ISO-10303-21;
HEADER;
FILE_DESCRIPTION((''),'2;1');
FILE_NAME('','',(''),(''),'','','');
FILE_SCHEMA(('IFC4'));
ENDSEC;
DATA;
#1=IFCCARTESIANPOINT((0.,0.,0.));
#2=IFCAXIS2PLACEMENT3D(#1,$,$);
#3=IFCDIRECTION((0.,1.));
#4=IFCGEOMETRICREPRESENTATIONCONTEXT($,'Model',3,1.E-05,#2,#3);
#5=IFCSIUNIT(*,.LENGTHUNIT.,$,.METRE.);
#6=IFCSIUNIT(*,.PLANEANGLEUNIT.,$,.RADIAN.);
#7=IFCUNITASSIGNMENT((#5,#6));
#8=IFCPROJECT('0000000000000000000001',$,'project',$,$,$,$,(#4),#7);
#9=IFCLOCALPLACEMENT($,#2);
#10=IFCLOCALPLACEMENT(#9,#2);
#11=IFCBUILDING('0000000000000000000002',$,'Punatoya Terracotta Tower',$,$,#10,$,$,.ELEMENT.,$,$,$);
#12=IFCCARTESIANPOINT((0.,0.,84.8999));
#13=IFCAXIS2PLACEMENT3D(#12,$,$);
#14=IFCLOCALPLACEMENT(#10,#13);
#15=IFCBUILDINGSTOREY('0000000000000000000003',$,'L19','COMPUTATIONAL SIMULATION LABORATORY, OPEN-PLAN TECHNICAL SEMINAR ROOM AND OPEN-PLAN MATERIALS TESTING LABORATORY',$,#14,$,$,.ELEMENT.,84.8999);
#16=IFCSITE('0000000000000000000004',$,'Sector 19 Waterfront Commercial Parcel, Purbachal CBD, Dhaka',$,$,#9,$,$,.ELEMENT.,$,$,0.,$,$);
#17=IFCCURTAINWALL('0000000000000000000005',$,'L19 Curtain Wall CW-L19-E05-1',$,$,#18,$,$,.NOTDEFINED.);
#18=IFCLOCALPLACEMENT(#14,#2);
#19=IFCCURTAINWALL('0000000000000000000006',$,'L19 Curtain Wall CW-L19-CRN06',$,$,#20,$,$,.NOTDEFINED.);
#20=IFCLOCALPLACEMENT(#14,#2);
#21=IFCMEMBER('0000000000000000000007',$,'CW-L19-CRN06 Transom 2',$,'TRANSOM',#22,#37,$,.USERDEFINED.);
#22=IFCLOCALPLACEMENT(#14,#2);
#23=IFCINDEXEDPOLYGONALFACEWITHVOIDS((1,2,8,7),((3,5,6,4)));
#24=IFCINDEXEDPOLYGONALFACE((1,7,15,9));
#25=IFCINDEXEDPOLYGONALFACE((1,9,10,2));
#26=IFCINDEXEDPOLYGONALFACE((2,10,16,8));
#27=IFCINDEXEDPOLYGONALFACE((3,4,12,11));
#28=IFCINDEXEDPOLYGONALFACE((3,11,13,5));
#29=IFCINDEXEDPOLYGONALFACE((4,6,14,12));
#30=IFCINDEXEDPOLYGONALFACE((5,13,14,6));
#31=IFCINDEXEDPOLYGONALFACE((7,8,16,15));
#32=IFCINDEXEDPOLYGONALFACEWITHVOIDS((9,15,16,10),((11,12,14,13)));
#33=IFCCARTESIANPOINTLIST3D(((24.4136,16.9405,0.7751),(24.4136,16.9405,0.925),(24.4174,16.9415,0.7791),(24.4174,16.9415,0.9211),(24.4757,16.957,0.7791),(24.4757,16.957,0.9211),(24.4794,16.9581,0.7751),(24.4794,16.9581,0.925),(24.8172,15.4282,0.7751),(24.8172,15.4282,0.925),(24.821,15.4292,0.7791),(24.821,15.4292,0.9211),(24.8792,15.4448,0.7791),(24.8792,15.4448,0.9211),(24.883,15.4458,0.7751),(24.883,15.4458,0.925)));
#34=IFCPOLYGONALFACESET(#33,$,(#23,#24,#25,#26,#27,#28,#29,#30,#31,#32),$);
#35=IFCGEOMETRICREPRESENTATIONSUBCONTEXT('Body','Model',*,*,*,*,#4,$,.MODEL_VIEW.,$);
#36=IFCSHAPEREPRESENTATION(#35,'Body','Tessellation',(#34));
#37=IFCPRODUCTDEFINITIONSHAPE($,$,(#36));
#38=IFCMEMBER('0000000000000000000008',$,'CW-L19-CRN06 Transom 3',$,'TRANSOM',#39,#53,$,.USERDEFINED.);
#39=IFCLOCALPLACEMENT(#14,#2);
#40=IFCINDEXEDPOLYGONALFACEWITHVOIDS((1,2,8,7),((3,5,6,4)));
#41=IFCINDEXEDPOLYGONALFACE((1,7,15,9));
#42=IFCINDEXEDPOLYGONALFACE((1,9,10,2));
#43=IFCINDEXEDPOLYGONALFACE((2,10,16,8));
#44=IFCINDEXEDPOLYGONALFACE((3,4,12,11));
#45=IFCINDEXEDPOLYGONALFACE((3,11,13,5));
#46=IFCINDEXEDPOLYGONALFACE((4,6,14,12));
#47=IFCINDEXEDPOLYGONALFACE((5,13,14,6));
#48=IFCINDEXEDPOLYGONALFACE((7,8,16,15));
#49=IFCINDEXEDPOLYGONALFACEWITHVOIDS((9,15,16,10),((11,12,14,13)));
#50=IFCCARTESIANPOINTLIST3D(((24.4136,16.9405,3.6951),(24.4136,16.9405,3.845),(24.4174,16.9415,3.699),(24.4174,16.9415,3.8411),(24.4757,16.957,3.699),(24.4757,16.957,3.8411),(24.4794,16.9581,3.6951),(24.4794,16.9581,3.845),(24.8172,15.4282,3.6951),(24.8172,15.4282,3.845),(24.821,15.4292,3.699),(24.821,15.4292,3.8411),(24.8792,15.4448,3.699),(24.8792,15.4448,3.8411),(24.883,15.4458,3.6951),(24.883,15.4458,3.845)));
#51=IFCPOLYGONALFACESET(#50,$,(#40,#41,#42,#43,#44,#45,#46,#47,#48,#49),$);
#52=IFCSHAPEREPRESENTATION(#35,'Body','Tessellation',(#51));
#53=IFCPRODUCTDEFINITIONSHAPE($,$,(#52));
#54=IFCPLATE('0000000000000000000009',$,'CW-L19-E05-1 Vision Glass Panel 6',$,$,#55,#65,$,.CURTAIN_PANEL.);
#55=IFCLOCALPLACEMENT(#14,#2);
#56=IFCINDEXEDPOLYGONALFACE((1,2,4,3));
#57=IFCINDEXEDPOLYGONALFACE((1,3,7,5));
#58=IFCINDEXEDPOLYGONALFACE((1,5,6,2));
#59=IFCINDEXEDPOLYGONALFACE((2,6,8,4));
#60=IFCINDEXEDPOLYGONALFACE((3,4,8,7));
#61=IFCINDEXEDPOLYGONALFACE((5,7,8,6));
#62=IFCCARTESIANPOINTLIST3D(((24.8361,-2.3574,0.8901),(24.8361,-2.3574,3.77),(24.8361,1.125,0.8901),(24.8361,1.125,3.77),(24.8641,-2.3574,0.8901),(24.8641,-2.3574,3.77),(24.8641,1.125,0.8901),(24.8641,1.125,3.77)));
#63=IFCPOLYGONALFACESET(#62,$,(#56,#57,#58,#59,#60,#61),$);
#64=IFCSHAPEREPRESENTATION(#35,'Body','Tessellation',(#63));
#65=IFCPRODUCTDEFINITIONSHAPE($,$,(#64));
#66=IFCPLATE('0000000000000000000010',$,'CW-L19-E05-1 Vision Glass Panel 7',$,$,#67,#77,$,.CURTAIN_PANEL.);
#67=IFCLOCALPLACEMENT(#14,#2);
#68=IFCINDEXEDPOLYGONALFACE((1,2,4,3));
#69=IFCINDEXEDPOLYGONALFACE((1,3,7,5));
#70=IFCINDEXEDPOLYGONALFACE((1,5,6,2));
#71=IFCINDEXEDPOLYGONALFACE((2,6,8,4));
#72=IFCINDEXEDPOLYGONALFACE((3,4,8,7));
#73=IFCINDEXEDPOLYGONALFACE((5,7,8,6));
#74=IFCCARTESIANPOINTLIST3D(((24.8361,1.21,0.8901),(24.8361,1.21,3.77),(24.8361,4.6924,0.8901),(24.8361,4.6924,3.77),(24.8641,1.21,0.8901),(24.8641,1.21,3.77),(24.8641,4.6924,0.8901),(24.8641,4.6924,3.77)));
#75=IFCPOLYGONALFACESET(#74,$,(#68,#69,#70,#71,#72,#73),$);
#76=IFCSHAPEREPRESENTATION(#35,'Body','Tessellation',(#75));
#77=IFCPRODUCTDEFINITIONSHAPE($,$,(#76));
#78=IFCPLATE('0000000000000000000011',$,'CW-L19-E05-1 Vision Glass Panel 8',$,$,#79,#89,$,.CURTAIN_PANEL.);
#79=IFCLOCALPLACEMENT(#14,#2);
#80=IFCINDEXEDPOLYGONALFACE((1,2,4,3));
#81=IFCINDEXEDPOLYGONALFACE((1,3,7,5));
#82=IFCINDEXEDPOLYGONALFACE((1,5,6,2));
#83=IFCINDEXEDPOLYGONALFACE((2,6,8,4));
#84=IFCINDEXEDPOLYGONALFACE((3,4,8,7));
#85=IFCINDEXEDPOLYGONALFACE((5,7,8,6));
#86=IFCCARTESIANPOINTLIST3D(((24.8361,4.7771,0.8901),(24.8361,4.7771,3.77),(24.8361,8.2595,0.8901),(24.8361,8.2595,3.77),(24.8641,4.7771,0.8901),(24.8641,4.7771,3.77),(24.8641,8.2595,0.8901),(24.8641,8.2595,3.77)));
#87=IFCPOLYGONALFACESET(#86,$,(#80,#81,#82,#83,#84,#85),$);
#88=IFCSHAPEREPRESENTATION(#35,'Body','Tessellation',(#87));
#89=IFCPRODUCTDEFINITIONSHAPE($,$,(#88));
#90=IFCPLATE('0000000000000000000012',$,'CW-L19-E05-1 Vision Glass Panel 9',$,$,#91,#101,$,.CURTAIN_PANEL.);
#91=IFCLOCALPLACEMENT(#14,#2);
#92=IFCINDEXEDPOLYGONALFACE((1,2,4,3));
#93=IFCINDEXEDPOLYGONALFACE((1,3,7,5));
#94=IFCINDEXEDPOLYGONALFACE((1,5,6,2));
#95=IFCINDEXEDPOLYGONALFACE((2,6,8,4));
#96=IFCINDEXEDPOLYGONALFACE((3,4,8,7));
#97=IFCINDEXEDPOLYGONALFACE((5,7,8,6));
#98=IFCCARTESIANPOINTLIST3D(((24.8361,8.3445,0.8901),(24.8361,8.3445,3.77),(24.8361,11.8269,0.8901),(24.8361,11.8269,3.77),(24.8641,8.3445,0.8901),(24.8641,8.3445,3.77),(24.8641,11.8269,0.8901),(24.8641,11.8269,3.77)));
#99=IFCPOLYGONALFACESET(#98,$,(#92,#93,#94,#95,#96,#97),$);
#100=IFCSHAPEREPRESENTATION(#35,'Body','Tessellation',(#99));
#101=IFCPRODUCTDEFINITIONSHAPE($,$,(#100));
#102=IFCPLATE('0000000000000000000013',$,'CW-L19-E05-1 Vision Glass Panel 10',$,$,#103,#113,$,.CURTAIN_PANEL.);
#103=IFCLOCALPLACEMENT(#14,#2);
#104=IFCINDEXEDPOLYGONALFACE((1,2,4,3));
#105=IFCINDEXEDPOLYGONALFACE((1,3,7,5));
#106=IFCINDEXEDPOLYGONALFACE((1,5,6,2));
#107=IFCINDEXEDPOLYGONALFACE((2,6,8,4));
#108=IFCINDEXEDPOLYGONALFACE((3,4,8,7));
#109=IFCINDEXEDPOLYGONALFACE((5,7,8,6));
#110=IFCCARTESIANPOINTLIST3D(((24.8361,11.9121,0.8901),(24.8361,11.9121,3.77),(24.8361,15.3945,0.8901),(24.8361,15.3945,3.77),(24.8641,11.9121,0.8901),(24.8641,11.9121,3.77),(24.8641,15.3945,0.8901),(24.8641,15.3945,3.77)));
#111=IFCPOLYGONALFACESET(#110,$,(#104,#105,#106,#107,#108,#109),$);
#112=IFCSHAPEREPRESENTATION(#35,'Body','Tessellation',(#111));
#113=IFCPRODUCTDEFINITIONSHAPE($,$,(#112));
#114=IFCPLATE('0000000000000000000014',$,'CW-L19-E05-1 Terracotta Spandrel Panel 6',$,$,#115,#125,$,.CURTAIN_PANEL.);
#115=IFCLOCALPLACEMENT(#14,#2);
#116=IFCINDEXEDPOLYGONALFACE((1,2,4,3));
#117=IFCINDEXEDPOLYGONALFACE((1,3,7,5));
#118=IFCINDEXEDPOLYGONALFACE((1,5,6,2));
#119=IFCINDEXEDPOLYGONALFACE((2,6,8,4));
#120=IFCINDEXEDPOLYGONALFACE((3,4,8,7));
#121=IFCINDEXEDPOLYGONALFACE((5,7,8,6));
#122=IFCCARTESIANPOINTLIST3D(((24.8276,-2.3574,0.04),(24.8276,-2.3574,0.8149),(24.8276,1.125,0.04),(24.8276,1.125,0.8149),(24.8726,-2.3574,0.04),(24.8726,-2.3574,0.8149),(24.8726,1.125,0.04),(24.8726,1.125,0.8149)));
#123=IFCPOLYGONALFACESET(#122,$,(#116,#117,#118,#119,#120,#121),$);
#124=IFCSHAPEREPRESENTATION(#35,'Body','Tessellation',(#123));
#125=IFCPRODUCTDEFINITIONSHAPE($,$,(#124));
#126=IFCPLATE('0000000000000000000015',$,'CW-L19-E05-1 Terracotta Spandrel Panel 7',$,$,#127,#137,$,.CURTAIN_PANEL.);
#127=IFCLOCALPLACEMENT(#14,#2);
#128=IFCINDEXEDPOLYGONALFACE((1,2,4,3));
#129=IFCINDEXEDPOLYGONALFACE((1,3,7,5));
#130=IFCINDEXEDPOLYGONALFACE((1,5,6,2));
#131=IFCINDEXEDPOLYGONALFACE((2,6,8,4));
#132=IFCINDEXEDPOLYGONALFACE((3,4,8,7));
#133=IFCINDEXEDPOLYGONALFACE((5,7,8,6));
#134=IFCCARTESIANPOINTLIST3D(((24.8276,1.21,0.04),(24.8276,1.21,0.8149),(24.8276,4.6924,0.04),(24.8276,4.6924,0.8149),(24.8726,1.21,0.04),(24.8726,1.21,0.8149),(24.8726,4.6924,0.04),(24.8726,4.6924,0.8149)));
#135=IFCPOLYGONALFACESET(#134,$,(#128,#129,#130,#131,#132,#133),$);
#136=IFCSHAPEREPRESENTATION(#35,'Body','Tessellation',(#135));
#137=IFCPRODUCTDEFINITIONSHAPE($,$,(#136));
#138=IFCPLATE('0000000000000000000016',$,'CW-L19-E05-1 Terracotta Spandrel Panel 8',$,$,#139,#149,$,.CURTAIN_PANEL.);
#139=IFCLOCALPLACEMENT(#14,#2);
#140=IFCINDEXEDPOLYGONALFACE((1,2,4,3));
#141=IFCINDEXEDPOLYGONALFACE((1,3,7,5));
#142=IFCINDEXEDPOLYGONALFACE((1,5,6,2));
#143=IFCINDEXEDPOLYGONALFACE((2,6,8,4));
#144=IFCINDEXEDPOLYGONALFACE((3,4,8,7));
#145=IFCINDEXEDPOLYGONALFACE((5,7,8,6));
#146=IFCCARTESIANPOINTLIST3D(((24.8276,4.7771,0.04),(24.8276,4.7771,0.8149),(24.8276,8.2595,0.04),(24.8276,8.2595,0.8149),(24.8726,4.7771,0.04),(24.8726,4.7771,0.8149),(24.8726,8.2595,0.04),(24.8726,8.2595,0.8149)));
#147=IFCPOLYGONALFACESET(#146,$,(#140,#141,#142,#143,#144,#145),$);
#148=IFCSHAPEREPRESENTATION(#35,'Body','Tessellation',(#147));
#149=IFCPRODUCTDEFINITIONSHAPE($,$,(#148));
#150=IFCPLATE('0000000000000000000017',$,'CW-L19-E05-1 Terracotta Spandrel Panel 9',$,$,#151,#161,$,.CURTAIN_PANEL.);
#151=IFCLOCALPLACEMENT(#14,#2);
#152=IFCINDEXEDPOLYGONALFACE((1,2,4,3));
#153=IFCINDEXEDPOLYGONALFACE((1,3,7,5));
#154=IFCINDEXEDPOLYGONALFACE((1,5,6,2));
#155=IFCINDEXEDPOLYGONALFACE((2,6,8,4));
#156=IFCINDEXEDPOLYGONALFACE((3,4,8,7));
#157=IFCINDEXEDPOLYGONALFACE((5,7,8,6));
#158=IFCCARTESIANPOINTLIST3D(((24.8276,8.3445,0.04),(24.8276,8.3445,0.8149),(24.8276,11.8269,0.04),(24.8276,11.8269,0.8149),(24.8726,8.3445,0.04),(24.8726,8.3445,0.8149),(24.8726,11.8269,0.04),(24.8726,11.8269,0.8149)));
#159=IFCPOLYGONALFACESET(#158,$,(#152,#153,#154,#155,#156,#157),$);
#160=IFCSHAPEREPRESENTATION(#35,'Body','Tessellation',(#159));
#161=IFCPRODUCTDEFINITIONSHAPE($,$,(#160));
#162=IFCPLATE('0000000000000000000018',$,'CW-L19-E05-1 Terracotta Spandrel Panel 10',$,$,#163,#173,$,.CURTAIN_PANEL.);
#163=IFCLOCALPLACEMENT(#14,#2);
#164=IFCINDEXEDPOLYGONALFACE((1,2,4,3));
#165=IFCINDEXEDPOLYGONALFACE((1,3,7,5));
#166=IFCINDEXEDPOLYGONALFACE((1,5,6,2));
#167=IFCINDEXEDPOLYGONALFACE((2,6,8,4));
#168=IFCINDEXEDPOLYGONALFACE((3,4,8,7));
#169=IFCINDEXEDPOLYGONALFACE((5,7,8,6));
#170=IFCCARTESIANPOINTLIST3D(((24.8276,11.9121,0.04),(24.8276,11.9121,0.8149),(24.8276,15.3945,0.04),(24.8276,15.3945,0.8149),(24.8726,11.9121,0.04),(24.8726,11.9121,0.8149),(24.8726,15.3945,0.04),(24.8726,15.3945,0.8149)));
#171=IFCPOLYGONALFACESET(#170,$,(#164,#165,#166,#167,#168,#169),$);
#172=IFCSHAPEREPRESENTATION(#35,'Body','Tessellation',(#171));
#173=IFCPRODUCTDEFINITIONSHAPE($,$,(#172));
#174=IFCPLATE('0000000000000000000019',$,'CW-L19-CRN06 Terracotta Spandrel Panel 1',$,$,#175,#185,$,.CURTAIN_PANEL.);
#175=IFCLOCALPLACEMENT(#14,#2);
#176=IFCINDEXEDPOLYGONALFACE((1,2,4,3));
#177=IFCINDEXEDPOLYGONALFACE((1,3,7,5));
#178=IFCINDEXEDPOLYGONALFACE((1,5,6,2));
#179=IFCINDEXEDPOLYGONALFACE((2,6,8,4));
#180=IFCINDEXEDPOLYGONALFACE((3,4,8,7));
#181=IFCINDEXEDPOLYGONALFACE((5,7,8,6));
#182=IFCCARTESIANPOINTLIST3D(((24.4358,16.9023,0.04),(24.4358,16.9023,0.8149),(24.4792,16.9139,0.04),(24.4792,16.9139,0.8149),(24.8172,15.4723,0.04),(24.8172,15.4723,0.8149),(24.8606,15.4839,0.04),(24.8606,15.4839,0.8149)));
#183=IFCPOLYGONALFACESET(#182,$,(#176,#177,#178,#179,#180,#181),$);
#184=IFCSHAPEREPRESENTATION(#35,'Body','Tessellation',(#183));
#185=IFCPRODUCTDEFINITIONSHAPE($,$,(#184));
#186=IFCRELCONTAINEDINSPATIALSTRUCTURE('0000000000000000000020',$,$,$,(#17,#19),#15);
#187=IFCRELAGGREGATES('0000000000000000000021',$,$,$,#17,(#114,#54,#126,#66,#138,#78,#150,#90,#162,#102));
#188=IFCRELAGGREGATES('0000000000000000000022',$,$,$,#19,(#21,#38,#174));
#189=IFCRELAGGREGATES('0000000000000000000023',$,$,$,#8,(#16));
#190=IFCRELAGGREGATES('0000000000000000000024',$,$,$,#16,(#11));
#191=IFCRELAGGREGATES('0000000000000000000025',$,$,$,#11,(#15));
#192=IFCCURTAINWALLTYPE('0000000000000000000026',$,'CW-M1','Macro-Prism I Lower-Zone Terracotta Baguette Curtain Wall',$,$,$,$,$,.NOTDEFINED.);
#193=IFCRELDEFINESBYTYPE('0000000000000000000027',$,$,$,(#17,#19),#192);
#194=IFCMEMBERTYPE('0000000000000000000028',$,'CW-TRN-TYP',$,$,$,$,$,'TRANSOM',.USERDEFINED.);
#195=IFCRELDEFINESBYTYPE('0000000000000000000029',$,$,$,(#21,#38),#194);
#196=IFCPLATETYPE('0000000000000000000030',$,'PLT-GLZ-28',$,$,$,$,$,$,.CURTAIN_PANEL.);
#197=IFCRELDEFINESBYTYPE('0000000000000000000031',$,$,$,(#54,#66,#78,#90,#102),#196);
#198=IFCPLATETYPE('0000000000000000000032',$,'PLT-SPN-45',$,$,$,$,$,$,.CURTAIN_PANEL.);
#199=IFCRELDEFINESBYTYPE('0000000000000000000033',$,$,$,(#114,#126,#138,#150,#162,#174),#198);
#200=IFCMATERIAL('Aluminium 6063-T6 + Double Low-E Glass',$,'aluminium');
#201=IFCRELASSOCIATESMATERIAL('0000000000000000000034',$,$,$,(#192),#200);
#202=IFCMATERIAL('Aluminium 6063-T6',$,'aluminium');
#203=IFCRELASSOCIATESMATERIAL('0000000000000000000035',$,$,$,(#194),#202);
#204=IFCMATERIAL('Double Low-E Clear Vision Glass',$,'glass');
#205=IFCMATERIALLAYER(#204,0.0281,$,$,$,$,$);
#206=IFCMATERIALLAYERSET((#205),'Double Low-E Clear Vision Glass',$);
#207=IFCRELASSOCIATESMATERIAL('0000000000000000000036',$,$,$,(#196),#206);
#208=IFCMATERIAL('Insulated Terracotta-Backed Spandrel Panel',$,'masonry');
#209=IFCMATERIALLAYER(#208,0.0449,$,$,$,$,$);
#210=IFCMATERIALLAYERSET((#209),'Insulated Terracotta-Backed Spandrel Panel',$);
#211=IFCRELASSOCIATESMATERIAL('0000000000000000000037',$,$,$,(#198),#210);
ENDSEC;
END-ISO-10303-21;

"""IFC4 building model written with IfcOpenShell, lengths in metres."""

from ifc_helpers import new_model, si_unit, direction, frame, origin, origin_2d, place, context, subcontext, project, spatial, rectangle, hollow_rectangle, extrude, material, layer, layer_set, material_profile, profile_set, type_object, element, aggregate, save


model = new_model("IFC4")

# Units and contexts
model_context = context("Model", 3, precision=1e-05, world=origin(), true_north=direction((0.0, 1.0)))
body_context = subcontext(model_context, "Body", "Model", "MODEL_VIEW")
ifc_project = project(units=[si_unit("LENGTHUNIT", "METRE"), si_unit("PLANEANGLEUNIT", "RADIAN")], contexts=[model_context])

# Site, building, storey
site_placement = place(None, origin())
site = spatial("IfcSite", under=ifc_project, at=site_placement, Name="Sector 19 Waterfront Commercial Parcel, Purbachal CBD, Dhaka", CompositionType="ELEMENT", RefElevation=0.0)
building_placement = place(site_placement, origin())
building = spatial("IfcBuilding", under=site, at=building_placement, Name="Punatoya Terracotta Tower", CompositionType="ELEMENT")
storey_placement = place(building_placement, frame((0.0, 0.0, 84.8999)))
storey = spatial("IfcBuildingStorey", under=building, at=storey_placement, Name="L19", Description="COMPUTATIONAL SIMULATION LABORATORY, OPEN-PLAN TECHNICAL SEMINAR ROOM AND OPEN-PLAN MATERIALS TESTING LABORATORY", CompositionType="ELEMENT", Elevation=84.8999)

# Curtain walls, members
ifc_material_1 = material(Name="Aluminium 6063-T6 + Double Low-E Glass", Category="aluminium")
curtain_wall_type = type_object("IfcCurtainWallType", Name="CW-M1", Description="Macro-Prism I Lower-Zone Terracotta Baguette Curtain Wall", PredefinedType="NOTDEFINED", material=ifc_material_1)
curtain_wall_1_placement = place(storey_placement, origin())
curtain_wall_1 = element("IfcCurtainWall", 1, at=curtain_wall_1_placement, inside=storey, type_object=curtain_wall_type, Name="L19 Curtain Wall CW-L19-E05-1", PredefinedType="NOTDEFINED")
ifc_material_2 = material(Name="Aluminium 6063-T6", Category="aluminium")
curtain_wall_2_placement = place(storey_placement, origin())
curtain_wall_2 = element("IfcCurtainWall", 2, at=curtain_wall_2_placement, inside=storey, type_object=curtain_wall_type, Name="L19 Curtain Wall CW-L19-CRN06", PredefinedType="NOTDEFINED")
ifc_material_profile_1 = material_profile(ifc_material_2, hollow_rectangle(XDim=0.0681, YDim=0.1499, WallThickness=0.0039, at=origin_2d()))
ifc_profile_set_1 = profile_set([ifc_material_profile_1], Name="Aluminium 6063-T6")
member_type_1 = type_object("IfcMemberType", Name="CW-TRN-TYP", ElementType="TRANSOM", PredefinedType="USERDEFINED", material=ifc_profile_set_1)
member_1_placement = place(storey_placement, frame((24.8501, 15.437, 0.8501), z_axis=(-0.257847, 0.966186, 0.0), x_axis=(-0.966186, -0.257847, 0.0)))
member_1 = element("IfcMember", 3, at=member_1_placement, type_object=member_type_1, Name="CW-L19-CRN06 Transom 2", ObjectType="TRANSOM", PredefinedType="USERDEFINED", context=body_context, shape_type="SweptSolid", body=[
    extrude(hollow_rectangle(XDim=0.0681, YDim=0.1499, WallThickness=0.0039, at=origin_2d()), origin(), (0.0, 0.0, 1.0), 1.5652),
])
member_2_placement = place(storey_placement, frame((24.8501, 15.437, 3.77), z_axis=(-0.257847, 0.966186, 0.0), x_axis=(-0.966186, -0.257847, 0.0)))
member_2 = element("IfcMember", 4, at=member_2_placement, type_object=member_type_1, Name="CW-L19-CRN06 Transom 3", ObjectType="TRANSOM", PredefinedType="USERDEFINED", context=body_context, shape_type="SweptSolid", body=[
    extrude(hollow_rectangle(XDim=0.0681, YDim=0.1499, WallThickness=0.0039, at=origin_2d()), origin(), (0.0, 0.0, 1.0), 1.5652),
])

# Plates
ifc_material_3 = material(Name="Double Low-E Clear Vision Glass", Category="glass")
ifc_layer_1 = layer(ifc_material_3, 0.0281)
ifc_layer_set_1 = layer_set([ifc_layer_1], Name="Double Low-E Clear Vision Glass")
plate_type_1 = type_object("IfcPlateType", Name="PLT-GLZ-28", PredefinedType="CURTAIN_PANEL", material=ifc_layer_set_1)
plate_1_placement = place(storey_placement, frame((24.8501, -0.6162, 0.8901), z_axis=(0.0, 0.0, 1.0), x_axis=(0.0, 1.0, 0.0)))
plate_1 = element("IfcPlate", 5, at=plate_1_placement, type_object=plate_type_1, Name="CW-L19-E05-1 Vision Glass Panel 6", PredefinedType="CURTAIN_PANEL", context=body_context, shape_type="SweptSolid", body=[
    extrude(rectangle(XDim=3.4824, YDim=0.0281, at=origin_2d()), origin(), (0.0, 0.0, 1.0), 2.8799),
])
plate_2_placement = place(storey_placement, frame((24.8501, 2.9512, 0.8901), z_axis=(0.0, 0.0, 1.0), x_axis=(0.0, 1.0, 0.0)))
plate_2 = element("IfcPlate", 6, at=plate_2_placement, type_object=plate_type_1, Name="CW-L19-E05-1 Vision Glass Panel 7", PredefinedType="CURTAIN_PANEL", context=body_context, shape_type="SweptSolid", body=[
    extrude(rectangle(XDim=3.4824, YDim=0.0281, at=origin_2d()), origin(), (0.0, 0.0, 1.0), 2.8799),
])
plate_3_placement = place(storey_placement, frame((24.8501, 6.5183, 0.8901), z_axis=(0.0, 0.0, 1.0), x_axis=(0.0, 1.0, 0.0)))
plate_3 = element("IfcPlate", 7, at=plate_3_placement, type_object=plate_type_1, Name="CW-L19-E05-1 Vision Glass Panel 8", PredefinedType="CURTAIN_PANEL", context=body_context, shape_type="SweptSolid", body=[
    extrude(rectangle(XDim=3.4824, YDim=0.0281, at=origin_2d()), origin(), (0.0, 0.0, 1.0), 2.8799),
])
plate_4_placement = place(storey_placement, frame((24.8501, 10.0857, 0.8901), z_axis=(0.0, 0.0, 1.0), x_axis=(0.0, 1.0, 0.0)))
plate_4 = element("IfcPlate", 8, at=plate_4_placement, type_object=plate_type_1, Name="CW-L19-E05-1 Vision Glass Panel 9", PredefinedType="CURTAIN_PANEL", context=body_context, shape_type="SweptSolid", body=[
    extrude(rectangle(XDim=3.4824, YDim=0.0281, at=origin_2d()), origin(), (0.0, 0.0, 1.0), 2.8799),
])
plate_5_placement = place(storey_placement, frame((24.8501, 13.6533, 0.8901), z_axis=(0.0, 0.0, 1.0), x_axis=(0.0, 1.0, 0.0)))
plate_5 = element("IfcPlate", 9, at=plate_5_placement, type_object=plate_type_1, Name="CW-L19-E05-1 Vision Glass Panel 10", PredefinedType="CURTAIN_PANEL", context=body_context, shape_type="SweptSolid", body=[
    extrude(rectangle(XDim=3.4824, YDim=0.0281, at=origin_2d()), origin(), (0.0, 0.0, 1.0), 2.8799),
])
ifc_material_4 = material(Name="Insulated Terracotta-Backed Spandrel Panel", Category="masonry")
ifc_layer_2 = layer(ifc_material_4, 0.0449)
ifc_layer_set_2 = layer_set([ifc_layer_2], Name="Insulated Terracotta-Backed Spandrel Panel")
plate_type_2 = type_object("IfcPlateType", Name="PLT-SPN-45", PredefinedType="CURTAIN_PANEL", material=ifc_layer_set_2)
plate_6_placement = place(storey_placement, frame((24.8501, -0.6162, 0.04), z_axis=(0.0, 0.0, 1.0), x_axis=(0.0, 1.0, 0.0)))
plate_6 = element("IfcPlate", 10, at=plate_6_placement, type_object=plate_type_2, Name="CW-L19-E05-1 Terracotta Spandrel Panel 6", PredefinedType="CURTAIN_PANEL", context=body_context, shape_type="SweptSolid", body=[
    extrude(rectangle(XDim=3.4824, YDim=0.0449, at=origin_2d()), origin(), (0.0, 0.0, 1.0), 0.7749),
])
plate_7_placement = place(storey_placement, frame((24.8501, 2.9512, 0.04), z_axis=(0.0, 0.0, 1.0), x_axis=(0.0, 1.0, 0.0)))
plate_7 = element("IfcPlate", 11, at=plate_7_placement, type_object=plate_type_2, Name="CW-L19-E05-1 Terracotta Spandrel Panel 7", PredefinedType="CURTAIN_PANEL", context=body_context, shape_type="SweptSolid", body=[
    extrude(rectangle(XDim=3.4824, YDim=0.0449, at=origin_2d()), origin(), (0.0, 0.0, 1.0), 0.7749),
])
plate_8_placement = place(storey_placement, frame((24.8501, 6.5183, 0.04), z_axis=(0.0, 0.0, 1.0), x_axis=(0.0, 1.0, 0.0)))
plate_8 = element("IfcPlate", 12, at=plate_8_placement, type_object=plate_type_2, Name="CW-L19-E05-1 Terracotta Spandrel Panel 8", PredefinedType="CURTAIN_PANEL", context=body_context, shape_type="SweptSolid", body=[
    extrude(rectangle(XDim=3.4824, YDim=0.0449, at=origin_2d()), origin(), (0.0, 0.0, 1.0), 0.7749),
])
plate_9_placement = place(storey_placement, frame((24.8501, 10.0857, 0.04), z_axis=(0.0, 0.0, 1.0), x_axis=(0.0, 1.0, 0.0)))
plate_9 = element("IfcPlate", 13, at=plate_9_placement, type_object=plate_type_2, Name="CW-L19-E05-1 Terracotta Spandrel Panel 9", PredefinedType="CURTAIN_PANEL", context=body_context, shape_type="SweptSolid", body=[
    extrude(rectangle(XDim=3.4824, YDim=0.0449, at=origin_2d()), origin(), (0.0, 0.0, 1.0), 0.7749),
])
plate_10_placement = place(storey_placement, frame((24.8501, 13.6533, 0.04), z_axis=(0.0, 0.0, 1.0), x_axis=(0.0, 1.0, 0.0)))
plate_10 = element("IfcPlate", 14, at=plate_10_placement, type_object=plate_type_2, Name="CW-L19-E05-1 Terracotta Spandrel Panel 10", PredefinedType="CURTAIN_PANEL", context=body_context, shape_type="SweptSolid", body=[
    extrude(rectangle(XDim=3.4824, YDim=0.0449, at=origin_2d()), origin(), (0.0, 0.0, 1.0), 0.7749),
])
aggregate(curtain_wall_1, [plate_6, plate_1, plate_7, plate_2, plate_8, plate_3, plate_9, plate_4, plate_10, plate_5])
plate_11_placement = place(storey_placement, frame((24.6482, 16.1931, 0.04), z_axis=(0.0, 0.0, 1.0), x_axis=(-0.257742, 0.966214, 0.0)))
plate_11 = element("IfcPlate", 15, at=plate_11_placement, type_object=plate_type_2, Name="CW-L19-CRN06 Terracotta Spandrel Panel 1", PredefinedType="CURTAIN_PANEL", context=body_context, shape_type="SweptSolid", body=[
    extrude(rectangle(XDim=1.48, YDim=0.0449, at=origin_2d()), origin(), (0.0, 0.0, 1.0), 0.7749),
])
aggregate(curtain_wall_2, [member_1, member_2, plate_11])

save(model, "model.ifc")
